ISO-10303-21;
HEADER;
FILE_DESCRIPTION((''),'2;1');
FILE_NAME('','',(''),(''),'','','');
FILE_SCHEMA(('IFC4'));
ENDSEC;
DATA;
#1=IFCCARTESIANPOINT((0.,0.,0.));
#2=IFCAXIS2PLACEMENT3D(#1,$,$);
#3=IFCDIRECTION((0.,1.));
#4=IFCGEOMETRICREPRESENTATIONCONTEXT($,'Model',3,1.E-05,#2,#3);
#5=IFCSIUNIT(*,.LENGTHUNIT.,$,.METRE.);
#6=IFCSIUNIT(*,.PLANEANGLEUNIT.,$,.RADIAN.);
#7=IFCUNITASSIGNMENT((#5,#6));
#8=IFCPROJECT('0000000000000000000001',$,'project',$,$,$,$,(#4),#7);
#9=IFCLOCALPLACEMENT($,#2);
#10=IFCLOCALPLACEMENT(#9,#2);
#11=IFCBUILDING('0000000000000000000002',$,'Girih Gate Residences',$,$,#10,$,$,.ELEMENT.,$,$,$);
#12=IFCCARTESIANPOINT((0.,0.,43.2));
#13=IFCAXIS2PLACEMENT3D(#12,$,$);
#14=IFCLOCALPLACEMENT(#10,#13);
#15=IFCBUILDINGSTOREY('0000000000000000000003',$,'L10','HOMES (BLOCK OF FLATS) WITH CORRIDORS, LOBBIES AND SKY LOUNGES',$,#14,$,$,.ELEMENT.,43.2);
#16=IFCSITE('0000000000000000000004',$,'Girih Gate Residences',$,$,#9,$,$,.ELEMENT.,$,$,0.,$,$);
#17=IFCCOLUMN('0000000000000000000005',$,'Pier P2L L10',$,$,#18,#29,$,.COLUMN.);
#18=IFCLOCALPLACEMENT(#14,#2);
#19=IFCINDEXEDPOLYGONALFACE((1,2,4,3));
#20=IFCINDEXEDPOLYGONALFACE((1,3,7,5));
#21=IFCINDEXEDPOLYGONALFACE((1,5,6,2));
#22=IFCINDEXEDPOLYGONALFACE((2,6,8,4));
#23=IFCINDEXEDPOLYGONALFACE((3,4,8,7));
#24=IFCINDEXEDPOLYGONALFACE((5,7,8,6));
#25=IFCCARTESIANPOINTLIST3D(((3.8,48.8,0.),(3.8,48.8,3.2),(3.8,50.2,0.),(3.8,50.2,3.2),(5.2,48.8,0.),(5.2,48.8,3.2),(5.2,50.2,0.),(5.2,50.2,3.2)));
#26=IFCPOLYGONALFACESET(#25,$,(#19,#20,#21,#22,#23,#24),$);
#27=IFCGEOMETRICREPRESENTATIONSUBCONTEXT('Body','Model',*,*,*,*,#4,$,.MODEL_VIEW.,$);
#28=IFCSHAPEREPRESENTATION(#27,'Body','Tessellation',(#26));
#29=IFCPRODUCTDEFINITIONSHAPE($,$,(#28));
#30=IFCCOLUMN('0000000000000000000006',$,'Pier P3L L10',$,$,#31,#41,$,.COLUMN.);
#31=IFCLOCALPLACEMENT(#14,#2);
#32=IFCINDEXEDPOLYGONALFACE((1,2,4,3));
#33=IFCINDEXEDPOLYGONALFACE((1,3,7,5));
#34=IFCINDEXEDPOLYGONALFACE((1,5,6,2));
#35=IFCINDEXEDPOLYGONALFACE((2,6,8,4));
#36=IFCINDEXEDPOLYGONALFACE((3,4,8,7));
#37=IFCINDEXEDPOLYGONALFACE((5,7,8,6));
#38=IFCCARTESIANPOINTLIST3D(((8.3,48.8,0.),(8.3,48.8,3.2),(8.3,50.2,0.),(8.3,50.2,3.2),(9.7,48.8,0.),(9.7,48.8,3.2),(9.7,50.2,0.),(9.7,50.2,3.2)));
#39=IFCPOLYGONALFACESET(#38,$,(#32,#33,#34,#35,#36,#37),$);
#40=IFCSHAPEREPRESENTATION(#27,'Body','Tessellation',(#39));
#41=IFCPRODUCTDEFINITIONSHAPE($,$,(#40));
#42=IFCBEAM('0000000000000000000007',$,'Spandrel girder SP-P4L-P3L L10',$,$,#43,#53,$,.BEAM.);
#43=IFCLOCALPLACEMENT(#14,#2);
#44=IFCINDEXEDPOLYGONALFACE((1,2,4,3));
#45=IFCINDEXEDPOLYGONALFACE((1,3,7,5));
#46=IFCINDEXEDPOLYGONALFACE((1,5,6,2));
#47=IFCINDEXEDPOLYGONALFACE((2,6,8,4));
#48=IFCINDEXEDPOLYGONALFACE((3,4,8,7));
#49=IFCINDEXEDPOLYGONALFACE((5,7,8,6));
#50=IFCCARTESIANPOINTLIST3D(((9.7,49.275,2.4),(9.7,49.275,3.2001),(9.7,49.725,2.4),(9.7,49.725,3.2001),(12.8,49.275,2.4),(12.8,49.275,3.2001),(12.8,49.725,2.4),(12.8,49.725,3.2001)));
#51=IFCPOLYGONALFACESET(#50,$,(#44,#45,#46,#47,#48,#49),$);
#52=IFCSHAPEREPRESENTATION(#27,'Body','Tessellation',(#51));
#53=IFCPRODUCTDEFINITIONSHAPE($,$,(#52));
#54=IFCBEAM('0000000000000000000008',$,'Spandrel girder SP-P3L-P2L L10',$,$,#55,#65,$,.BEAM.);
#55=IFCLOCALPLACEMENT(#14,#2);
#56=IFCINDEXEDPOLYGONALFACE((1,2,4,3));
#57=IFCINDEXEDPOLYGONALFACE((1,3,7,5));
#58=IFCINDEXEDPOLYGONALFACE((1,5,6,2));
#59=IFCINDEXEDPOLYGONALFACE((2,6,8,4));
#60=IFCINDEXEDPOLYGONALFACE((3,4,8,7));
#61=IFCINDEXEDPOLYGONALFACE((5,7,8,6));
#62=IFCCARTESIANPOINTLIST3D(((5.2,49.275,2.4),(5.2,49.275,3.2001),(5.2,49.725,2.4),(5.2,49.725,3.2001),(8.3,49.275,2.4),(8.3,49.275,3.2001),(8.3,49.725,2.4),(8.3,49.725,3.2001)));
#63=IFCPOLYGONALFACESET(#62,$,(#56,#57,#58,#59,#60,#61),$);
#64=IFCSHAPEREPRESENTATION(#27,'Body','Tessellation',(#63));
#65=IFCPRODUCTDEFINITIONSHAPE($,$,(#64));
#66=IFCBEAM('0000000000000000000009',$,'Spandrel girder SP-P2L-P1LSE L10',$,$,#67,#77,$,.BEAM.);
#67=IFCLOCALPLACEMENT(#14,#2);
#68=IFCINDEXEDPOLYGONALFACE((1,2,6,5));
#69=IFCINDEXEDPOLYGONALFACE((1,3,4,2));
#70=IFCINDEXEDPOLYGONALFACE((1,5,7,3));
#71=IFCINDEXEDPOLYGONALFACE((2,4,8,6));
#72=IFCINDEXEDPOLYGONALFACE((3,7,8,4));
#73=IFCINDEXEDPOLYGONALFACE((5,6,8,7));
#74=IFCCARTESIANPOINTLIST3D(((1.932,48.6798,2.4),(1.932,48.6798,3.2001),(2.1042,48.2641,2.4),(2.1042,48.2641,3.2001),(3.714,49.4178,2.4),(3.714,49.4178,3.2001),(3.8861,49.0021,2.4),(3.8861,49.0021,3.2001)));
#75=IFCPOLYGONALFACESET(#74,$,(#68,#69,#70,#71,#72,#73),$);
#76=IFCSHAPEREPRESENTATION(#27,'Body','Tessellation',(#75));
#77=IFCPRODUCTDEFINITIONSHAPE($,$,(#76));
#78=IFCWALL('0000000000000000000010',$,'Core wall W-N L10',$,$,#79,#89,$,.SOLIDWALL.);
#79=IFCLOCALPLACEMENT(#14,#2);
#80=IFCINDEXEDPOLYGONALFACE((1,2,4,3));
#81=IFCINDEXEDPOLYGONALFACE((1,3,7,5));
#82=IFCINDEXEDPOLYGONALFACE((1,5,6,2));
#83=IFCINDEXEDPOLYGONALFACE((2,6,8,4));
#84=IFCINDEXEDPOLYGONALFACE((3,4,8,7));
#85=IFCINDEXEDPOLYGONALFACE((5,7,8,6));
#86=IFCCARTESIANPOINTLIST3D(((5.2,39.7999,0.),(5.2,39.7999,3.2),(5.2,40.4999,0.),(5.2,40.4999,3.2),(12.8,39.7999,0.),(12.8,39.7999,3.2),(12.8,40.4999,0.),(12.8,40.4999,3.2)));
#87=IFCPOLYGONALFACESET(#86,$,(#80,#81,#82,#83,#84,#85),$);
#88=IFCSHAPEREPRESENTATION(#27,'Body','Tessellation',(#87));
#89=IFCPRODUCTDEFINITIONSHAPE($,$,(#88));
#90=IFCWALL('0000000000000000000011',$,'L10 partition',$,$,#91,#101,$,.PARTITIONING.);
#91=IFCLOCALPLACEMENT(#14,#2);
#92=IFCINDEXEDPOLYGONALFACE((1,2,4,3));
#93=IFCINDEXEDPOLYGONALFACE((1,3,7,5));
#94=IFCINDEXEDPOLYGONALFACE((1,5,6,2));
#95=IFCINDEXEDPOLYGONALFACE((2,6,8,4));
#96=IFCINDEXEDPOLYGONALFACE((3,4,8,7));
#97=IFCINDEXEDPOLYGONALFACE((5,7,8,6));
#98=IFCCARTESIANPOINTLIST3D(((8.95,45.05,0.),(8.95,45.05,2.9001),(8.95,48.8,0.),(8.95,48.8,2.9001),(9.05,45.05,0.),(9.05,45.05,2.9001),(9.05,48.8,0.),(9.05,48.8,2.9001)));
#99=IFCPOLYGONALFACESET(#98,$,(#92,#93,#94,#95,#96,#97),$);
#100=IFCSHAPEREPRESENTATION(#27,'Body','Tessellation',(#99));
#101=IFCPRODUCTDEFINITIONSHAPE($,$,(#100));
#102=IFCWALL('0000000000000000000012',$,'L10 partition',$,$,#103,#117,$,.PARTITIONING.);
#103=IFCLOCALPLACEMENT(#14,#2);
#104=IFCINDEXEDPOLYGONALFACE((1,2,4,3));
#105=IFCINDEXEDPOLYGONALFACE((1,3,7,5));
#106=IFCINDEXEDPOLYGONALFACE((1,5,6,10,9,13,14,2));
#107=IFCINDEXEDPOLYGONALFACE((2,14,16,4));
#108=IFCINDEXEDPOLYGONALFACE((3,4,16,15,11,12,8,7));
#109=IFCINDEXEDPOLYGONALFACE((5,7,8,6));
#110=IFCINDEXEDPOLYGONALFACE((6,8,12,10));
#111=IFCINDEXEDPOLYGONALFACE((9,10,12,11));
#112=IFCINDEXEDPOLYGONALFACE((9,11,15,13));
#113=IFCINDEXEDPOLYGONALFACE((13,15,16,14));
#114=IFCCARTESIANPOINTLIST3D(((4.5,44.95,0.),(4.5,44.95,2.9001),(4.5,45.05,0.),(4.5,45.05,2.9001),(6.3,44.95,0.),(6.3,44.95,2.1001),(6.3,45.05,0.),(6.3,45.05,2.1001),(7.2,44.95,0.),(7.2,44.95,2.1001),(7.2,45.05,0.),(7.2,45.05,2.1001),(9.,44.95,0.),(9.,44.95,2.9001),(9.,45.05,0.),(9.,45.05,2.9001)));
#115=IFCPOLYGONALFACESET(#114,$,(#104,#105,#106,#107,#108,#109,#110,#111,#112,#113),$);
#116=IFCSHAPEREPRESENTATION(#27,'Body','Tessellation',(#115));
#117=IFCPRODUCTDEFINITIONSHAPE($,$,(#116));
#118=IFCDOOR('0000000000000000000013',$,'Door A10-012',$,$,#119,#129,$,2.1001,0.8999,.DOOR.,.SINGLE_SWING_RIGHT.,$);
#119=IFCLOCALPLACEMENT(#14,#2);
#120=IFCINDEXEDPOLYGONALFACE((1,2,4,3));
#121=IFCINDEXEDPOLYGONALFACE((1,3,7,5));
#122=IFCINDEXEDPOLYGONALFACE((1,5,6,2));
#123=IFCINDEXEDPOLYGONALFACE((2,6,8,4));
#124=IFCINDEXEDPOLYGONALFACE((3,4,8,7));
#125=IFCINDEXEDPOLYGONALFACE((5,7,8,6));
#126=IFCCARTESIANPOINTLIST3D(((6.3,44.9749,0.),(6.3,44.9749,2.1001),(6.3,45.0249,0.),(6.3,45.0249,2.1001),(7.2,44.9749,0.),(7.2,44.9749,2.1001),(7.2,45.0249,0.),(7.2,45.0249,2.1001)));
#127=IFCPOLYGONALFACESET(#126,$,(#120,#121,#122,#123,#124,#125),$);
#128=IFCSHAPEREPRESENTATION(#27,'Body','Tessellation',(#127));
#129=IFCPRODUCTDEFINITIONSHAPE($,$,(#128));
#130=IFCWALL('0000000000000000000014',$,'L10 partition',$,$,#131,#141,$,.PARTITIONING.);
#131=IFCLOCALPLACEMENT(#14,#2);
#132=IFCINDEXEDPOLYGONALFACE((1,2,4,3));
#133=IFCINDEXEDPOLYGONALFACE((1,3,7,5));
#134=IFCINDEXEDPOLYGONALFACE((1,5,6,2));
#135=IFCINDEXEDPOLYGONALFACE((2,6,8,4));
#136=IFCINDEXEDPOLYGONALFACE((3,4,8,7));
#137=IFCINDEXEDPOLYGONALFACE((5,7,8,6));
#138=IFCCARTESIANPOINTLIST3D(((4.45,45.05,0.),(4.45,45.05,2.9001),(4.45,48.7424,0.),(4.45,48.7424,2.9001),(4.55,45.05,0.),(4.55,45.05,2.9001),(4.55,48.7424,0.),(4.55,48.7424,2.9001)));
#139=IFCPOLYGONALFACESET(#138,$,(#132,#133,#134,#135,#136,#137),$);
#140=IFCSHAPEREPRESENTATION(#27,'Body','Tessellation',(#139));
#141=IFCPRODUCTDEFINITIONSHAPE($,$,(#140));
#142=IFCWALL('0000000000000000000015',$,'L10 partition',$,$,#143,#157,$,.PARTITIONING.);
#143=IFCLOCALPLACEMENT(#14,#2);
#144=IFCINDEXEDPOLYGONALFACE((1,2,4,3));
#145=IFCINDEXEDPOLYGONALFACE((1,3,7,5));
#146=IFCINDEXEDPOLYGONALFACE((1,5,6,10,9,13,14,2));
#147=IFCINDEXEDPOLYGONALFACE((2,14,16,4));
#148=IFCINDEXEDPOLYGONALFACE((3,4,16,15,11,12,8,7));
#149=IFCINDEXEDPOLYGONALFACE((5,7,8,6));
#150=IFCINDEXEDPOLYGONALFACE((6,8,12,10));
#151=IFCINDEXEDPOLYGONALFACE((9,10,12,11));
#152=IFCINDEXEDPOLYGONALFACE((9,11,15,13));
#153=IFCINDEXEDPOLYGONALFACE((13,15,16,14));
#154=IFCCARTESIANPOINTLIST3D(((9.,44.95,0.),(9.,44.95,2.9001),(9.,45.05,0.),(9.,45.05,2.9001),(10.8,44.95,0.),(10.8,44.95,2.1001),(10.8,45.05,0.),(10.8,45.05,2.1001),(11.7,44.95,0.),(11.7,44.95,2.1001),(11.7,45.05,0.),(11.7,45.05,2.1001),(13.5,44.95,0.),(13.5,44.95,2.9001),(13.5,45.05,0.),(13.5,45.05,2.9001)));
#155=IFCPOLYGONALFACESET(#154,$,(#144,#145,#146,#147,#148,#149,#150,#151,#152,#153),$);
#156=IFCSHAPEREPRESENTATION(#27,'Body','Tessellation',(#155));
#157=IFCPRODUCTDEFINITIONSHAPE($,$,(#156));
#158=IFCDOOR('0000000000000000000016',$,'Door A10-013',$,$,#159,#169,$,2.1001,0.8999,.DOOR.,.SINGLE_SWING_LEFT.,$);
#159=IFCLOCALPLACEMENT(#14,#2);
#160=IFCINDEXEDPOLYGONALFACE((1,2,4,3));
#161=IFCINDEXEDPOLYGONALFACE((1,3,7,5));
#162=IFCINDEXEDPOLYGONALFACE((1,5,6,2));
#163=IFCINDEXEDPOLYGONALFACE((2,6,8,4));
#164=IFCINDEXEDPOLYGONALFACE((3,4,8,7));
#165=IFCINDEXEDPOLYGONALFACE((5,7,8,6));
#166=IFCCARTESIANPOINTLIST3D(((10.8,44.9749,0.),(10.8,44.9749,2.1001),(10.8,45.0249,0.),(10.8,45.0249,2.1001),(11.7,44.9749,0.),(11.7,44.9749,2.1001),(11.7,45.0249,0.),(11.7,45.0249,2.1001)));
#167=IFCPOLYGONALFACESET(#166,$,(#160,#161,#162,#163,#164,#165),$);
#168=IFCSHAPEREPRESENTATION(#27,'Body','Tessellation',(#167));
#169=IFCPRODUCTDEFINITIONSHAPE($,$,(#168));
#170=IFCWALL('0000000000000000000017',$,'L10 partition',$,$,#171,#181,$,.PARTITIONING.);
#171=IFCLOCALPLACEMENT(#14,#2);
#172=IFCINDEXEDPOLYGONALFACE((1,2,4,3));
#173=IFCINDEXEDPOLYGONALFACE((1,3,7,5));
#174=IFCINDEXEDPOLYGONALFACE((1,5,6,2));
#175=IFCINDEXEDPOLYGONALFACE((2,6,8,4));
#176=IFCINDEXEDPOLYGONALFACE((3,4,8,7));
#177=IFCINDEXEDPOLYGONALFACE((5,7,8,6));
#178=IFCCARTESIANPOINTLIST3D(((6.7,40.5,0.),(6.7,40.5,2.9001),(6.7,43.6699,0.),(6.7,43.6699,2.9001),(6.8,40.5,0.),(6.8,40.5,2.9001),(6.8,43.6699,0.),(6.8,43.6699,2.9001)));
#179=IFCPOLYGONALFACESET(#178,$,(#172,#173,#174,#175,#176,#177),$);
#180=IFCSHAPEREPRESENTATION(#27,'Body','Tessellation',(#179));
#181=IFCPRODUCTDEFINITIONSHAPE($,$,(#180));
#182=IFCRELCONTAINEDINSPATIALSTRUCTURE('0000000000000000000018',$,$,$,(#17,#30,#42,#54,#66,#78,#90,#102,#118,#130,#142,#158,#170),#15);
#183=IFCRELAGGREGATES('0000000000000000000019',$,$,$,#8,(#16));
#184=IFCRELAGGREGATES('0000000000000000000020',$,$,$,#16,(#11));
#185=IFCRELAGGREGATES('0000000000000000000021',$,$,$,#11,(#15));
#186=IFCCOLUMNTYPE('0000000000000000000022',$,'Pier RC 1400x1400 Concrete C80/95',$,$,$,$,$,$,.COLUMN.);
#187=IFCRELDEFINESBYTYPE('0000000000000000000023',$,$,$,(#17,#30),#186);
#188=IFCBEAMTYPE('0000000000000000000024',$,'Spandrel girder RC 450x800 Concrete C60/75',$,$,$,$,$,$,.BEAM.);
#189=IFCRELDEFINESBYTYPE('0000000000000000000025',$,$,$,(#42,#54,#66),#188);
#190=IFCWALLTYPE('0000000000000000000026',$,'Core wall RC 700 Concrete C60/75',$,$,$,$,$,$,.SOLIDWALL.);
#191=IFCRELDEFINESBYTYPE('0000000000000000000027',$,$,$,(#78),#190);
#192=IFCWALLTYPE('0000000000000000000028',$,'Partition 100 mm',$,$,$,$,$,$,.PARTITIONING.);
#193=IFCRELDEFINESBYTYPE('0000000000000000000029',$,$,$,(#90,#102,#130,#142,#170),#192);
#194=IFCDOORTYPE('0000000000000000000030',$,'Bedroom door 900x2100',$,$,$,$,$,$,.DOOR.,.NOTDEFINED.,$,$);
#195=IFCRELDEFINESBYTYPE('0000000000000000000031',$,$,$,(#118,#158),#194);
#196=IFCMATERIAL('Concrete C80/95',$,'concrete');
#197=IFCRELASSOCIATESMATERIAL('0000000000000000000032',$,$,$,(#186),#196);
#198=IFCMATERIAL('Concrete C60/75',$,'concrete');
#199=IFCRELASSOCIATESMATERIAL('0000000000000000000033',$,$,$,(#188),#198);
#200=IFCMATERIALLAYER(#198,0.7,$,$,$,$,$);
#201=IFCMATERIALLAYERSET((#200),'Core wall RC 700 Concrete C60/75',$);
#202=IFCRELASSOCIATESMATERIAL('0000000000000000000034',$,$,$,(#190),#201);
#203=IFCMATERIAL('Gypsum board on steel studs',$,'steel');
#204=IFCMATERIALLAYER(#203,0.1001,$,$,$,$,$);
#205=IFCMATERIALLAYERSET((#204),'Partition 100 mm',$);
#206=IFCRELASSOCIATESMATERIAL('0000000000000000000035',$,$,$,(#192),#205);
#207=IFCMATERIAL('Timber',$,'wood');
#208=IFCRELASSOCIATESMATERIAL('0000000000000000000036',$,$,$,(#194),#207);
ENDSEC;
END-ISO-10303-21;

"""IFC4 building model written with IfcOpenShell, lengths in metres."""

from ifc_helpers import new_model, si_unit, direction, frame, frame_2d, origin, origin_2d, place, context, subcontext, project, spatial, rectangle, extrude, material, layer, layer_set, material_profile, profile_set, type_object, element, fill, save


model = new_model("IFC4")

# Units and contexts
model_context = context("Model", 3, precision=1e-05, world=origin(), true_north=direction((0.0, 1.0)))
body_context = subcontext(model_context, "Body", "Model", "MODEL_VIEW")
ifc_project = project(units=[si_unit("LENGTHUNIT", "METRE"), si_unit("PLANEANGLEUNIT", "RADIAN")], contexts=[model_context])

# Site, building, storey
site_placement = place(None, origin())
site = spatial("IfcSite", under=ifc_project, at=site_placement, Name="Girih Gate Residences", CompositionType="ELEMENT", RefElevation=0.0)
building_placement = place(site_placement, origin())
building = spatial("IfcBuilding", under=site, at=building_placement, Name="Girih Gate Residences", CompositionType="ELEMENT")
storey_placement = place(building_placement, frame((0.0, 0.0, 43.2)))
storey = spatial("IfcBuildingStorey", under=building, at=storey_placement, Name="L10", Description="HOMES (BLOCK OF FLATS) WITH CORRIDORS, LOBBIES AND SKY LOUNGES", CompositionType="ELEMENT", Elevation=43.2)

# Columns
ifc_material_1 = material(Name="Concrete C80/95", Category="concrete")
ifc_material_profile_1 = material_profile(ifc_material_1, rectangle(XDim=1.3999, YDim=1.3999, at=origin_2d()))
ifc_profile_set_1 = profile_set([ifc_material_profile_1], Name="Concrete C80/95")
column_type = type_object("IfcColumnType", Name="Pier RC 1400x1400 Concrete C80/95", PredefinedType="COLUMN", material=ifc_profile_set_1)
for number, where, z_axis, x_axis, name in (
    (1, (4.5, 49.5, 0.0), (0.0, 0.0, 1.0), (1.0, 0.0, 0.0), "Pier P2L L10"),
    (2, (9.0, 49.5, 0.0), (0.0, 0.0, 1.0), (1.0, 0.0, 0.0), "Pier P3L L10"),
):
    element("IfcColumn", number, at=place(storey_placement, frame(where, z_axis=z_axis, x_axis=x_axis)), inside=storey, type_object=column_type, Name=name, PredefinedType="COLUMN", context=body_context, shape_type="SweptSolid", body=[
        extrude(rectangle(XDim=1.3999, YDim=1.3999, at=origin_2d()), origin(), (0.0, 0.0, 1.0), 3.2),
    ])

# Beams
ifc_material_2 = material(Name="Concrete C60/75", Category="concrete")
ifc_material_profile_2 = material_profile(ifc_material_2, rectangle(XDim=0.45, YDim=0.8, at=origin_2d()))
ifc_profile_set_2 = profile_set([ifc_material_profile_2], Name="Concrete C60/75")
beam_type = type_object("IfcBeamType", Name="Spandrel girder RC 450x800 Concrete C60/75", PredefinedType="BEAM", material=ifc_profile_set_2)
for number, where, z_axis, x_axis, name in (
    (3, (12.8, 49.5, 2.8), (-1.0, 0.0, 0.0), (0.0, -1.0, 0.0), "Spandrel girder SP-P4L-P3L L10"),
    (4, (8.3, 49.5, 2.8), (-1.0, 0.0, 0.0), (0.0, -1.0, 0.0), "Spandrel girder SP-P3L-P2L L10"),
):
    element("IfcBeam", number, at=place(storey_placement, frame(where, z_axis=z_axis, x_axis=x_axis)), inside=storey, type_object=beam_type, Name=name, PredefinedType="BEAM", context=body_context, shape_type="SweptSolid", body=[
        extrude(rectangle(XDim=0.45, YDim=0.8, at=origin_2d()), origin(), (0.0, 0.0, 1.0), 3.1001),
    ])
beam_placement = place(storey_placement, frame((3.8, 49.21, 2.8), z_axis=(-0.923895, -0.382646, 0.0), x_axis=(0.382646, -0.923895, 0.0)))
element("IfcBeam", 5, at=beam_placement, inside=storey, type_object=beam_type, Name="Spandrel girder SP-P2L-P1LSE L10", PredefinedType="BEAM", context=body_context, shape_type="SweptSolid", body=[
    extrude(rectangle(XDim=0.45, YDim=0.8, at=origin_2d()), origin(), (0.0, 0.0, 1.0), 1.9287),
])

# Walls
ifc_layer_1 = layer(ifc_material_2, 0.7)
ifc_layer_set_1 = layer_set([ifc_layer_1], Name="Core wall RC 700 Concrete C60/75")
wall_type_1 = type_object("IfcWallType", Name="Core wall RC 700 Concrete C60/75", PredefinedType="SOLIDWALL", material=ifc_layer_set_1)
wall_1_placement = place(storey_placement, frame((5.2, 40.1499, 0.0), z_axis=(0.0, 0.0, 1.0), x_axis=(1.0, 0.0, 0.0)))
element("IfcWall", 6, at=wall_1_placement, inside=storey, type_object=wall_type_1, Name="Core wall W-N L10", PredefinedType="SOLIDWALL", context=body_context, shape_type="SweptSolid", body=[
    extrude(rectangle(XDim=7.6001, YDim=0.7, at=frame_2d((3.8, 0.0))), origin(), (0.0, 0.0, 1.0), 3.2),
])
ifc_material_3 = material(Name="Gypsum board on steel studs", Category="steel")
ifc_layer_2 = layer(ifc_material_3, 0.1001)
ifc_layer_set_2 = layer_set([ifc_layer_2], Name="Partition 100 mm")
wall_type_2 = type_object("IfcWallType", Name="Partition 100 mm", PredefinedType="PARTITIONING", material=ifc_layer_set_2)
wall_2_placement = place(storey_placement, frame((9.0, 45.05, 0.0), z_axis=(0.0, 0.0, 1.0), x_axis=(0.0, 1.0, 0.0)))
element("IfcWall", 7, at=wall_2_placement, inside=storey, type_object=wall_type_2, Name="L10 partition", PredefinedType="PARTITIONING", context=body_context, shape_type="SweptSolid", body=[
    extrude(rectangle(XDim=3.75, YDim=0.1001, at=frame_2d((1.875, 0.0))), origin(), (0.0, 0.0, 1.0), 2.9001),
])

# Wall, opening, door
wall_3_placement = place(storey_placement, frame((4.5, 45.0, 0.0), z_axis=(0.0, 0.0, 1.0), x_axis=(1.0, 0.0, 0.0)))
wall_3 = element("IfcWall", 8, at=wall_3_placement, inside=storey, type_object=wall_type_2, Name="L10 partition", PredefinedType="PARTITIONING", context=body_context, shape_type="SweptSolid", body=[
    extrude(rectangle(XDim=4.5, YDim=0.1001, at=frame_2d((2.25, 0.0))), origin(), (0.0, 0.0, 1.0), 2.9001),
])
opening_1_placement = place(wall_3_placement, frame((1.8, 0.0, 0.0)))
opening_1 = element("IfcOpeningElement", 9, at=opening_1_placement, cuts=wall_3, PredefinedType="OPENING", context=body_context, shape_type="SweptSolid", body=[
    extrude(rectangle(XDim=0.8999, YDim=2.1001, at=frame_2d((0.45, 1.05))), frame((0.0, 0.0601, 0.0), z_axis=(0.0, -1.0, 0.0), x_axis=(1.0, 0.0, 0.0)), (0.0, 0.0, 1.0), 0.1201),
])
ifc_material_4 = material(Name="Timber", Category="wood")
door_type = type_object("IfcDoorType", Name="Bedroom door 900x2100", OperationType="NOTDEFINED", PredefinedType="DOOR", material=ifc_material_4)
door_1_placement = place(opening_1_placement, origin())
door_1 = element("IfcDoor", 10, at=door_1_placement, inside=storey, type_object=door_type, Name="Door A10-012", OperationType="SINGLE_SWING_RIGHT", OverallHeight=2.1001, OverallWidth=0.8999, PredefinedType="DOOR", context=body_context, shape_type="SweptSolid", body=[
    extrude(rectangle(XDim=0.8999, YDim=2.1001, at=frame_2d((0.45, 1.05))), frame((0.0, 0.0249, 0.0), z_axis=(0.0, -1.0, 0.0), x_axis=(1.0, 0.0, 0.0)), (0.0, 0.0, 1.0), 0.05),
])
fill(opening_1, door_1)

# Wall
wall_4_placement = place(storey_placement, frame((4.5, 45.05, 0.0), z_axis=(0.0, 0.0, 1.0), x_axis=(0.0, 1.0, 0.0)))
element("IfcWall", 11, at=wall_4_placement, inside=storey, type_object=wall_type_2, Name="L10 partition", PredefinedType="PARTITIONING", context=body_context, shape_type="SweptSolid", body=[
    extrude(rectangle(XDim=3.6924, YDim=0.1001, at=frame_2d((1.8462, 0.0))), origin(), (0.0, 0.0, 1.0), 2.9001),
])

# Wall, opening, door
wall_5_placement = place(storey_placement, frame((9.0, 45.0, 0.0), z_axis=(0.0, 0.0, 1.0), x_axis=(1.0, 0.0, 0.0)))
wall_5 = element("IfcWall", 12, at=wall_5_placement, inside=storey, type_object=wall_type_2, Name="L10 partition", PredefinedType="PARTITIONING", context=body_context, shape_type="SweptSolid", body=[
    extrude(rectangle(XDim=4.5, YDim=0.1001, at=frame_2d((2.25, 0.0))), origin(), (0.0, 0.0, 1.0), 2.9001),
])
opening_2_placement = place(wall_5_placement, frame((1.8, 0.0, 0.0)))
opening_2 = element("IfcOpeningElement", 13, at=opening_2_placement, cuts=wall_5, PredefinedType="OPENING", context=body_context, shape_type="SweptSolid", body=[
    extrude(rectangle(XDim=0.8999, YDim=2.1001, at=frame_2d((0.45, 1.05))), frame((0.0, 0.0601, 0.0), z_axis=(0.0, -1.0, 0.0), x_axis=(1.0, 0.0, 0.0)), (0.0, 0.0, 1.0), 0.1201),
])
door_2_placement = place(opening_2_placement, origin())
door_2 = element("IfcDoor", 14, at=door_2_placement, inside=storey, type_object=door_type, Name="Door A10-013", OperationType="SINGLE_SWING_LEFT", OverallHeight=2.1001, OverallWidth=0.8999, PredefinedType="DOOR", context=body_context, shape_type="SweptSolid", body=[
    extrude(rectangle(XDim=0.8999, YDim=2.1001, at=frame_2d((0.45, 1.05))), frame((0.0, 0.0249, 0.0), z_axis=(0.0, -1.0, 0.0), x_axis=(1.0, 0.0, 0.0)), (0.0, 0.0, 1.0), 0.05),
])
fill(opening_2, door_2)

# Wall
wall_6_placement = place(storey_placement, frame((6.75, 40.5, 0.0), z_axis=(0.0, 0.0, 1.0), x_axis=(0.0, 1.0, 0.0)))
element("IfcWall", 15, at=wall_6_placement, inside=storey, type_object=wall_type_2, Name="L10 partition", PredefinedType="PARTITIONING", context=body_context, shape_type="SweptSolid", body=[
    extrude(rectangle(XDim=3.1699, YDim=0.1001, at=frame_2d((1.585, 0.0))), origin(), (0.0, 0.0, 1.0), 2.9001),
])

save(model, "model.ifc")
